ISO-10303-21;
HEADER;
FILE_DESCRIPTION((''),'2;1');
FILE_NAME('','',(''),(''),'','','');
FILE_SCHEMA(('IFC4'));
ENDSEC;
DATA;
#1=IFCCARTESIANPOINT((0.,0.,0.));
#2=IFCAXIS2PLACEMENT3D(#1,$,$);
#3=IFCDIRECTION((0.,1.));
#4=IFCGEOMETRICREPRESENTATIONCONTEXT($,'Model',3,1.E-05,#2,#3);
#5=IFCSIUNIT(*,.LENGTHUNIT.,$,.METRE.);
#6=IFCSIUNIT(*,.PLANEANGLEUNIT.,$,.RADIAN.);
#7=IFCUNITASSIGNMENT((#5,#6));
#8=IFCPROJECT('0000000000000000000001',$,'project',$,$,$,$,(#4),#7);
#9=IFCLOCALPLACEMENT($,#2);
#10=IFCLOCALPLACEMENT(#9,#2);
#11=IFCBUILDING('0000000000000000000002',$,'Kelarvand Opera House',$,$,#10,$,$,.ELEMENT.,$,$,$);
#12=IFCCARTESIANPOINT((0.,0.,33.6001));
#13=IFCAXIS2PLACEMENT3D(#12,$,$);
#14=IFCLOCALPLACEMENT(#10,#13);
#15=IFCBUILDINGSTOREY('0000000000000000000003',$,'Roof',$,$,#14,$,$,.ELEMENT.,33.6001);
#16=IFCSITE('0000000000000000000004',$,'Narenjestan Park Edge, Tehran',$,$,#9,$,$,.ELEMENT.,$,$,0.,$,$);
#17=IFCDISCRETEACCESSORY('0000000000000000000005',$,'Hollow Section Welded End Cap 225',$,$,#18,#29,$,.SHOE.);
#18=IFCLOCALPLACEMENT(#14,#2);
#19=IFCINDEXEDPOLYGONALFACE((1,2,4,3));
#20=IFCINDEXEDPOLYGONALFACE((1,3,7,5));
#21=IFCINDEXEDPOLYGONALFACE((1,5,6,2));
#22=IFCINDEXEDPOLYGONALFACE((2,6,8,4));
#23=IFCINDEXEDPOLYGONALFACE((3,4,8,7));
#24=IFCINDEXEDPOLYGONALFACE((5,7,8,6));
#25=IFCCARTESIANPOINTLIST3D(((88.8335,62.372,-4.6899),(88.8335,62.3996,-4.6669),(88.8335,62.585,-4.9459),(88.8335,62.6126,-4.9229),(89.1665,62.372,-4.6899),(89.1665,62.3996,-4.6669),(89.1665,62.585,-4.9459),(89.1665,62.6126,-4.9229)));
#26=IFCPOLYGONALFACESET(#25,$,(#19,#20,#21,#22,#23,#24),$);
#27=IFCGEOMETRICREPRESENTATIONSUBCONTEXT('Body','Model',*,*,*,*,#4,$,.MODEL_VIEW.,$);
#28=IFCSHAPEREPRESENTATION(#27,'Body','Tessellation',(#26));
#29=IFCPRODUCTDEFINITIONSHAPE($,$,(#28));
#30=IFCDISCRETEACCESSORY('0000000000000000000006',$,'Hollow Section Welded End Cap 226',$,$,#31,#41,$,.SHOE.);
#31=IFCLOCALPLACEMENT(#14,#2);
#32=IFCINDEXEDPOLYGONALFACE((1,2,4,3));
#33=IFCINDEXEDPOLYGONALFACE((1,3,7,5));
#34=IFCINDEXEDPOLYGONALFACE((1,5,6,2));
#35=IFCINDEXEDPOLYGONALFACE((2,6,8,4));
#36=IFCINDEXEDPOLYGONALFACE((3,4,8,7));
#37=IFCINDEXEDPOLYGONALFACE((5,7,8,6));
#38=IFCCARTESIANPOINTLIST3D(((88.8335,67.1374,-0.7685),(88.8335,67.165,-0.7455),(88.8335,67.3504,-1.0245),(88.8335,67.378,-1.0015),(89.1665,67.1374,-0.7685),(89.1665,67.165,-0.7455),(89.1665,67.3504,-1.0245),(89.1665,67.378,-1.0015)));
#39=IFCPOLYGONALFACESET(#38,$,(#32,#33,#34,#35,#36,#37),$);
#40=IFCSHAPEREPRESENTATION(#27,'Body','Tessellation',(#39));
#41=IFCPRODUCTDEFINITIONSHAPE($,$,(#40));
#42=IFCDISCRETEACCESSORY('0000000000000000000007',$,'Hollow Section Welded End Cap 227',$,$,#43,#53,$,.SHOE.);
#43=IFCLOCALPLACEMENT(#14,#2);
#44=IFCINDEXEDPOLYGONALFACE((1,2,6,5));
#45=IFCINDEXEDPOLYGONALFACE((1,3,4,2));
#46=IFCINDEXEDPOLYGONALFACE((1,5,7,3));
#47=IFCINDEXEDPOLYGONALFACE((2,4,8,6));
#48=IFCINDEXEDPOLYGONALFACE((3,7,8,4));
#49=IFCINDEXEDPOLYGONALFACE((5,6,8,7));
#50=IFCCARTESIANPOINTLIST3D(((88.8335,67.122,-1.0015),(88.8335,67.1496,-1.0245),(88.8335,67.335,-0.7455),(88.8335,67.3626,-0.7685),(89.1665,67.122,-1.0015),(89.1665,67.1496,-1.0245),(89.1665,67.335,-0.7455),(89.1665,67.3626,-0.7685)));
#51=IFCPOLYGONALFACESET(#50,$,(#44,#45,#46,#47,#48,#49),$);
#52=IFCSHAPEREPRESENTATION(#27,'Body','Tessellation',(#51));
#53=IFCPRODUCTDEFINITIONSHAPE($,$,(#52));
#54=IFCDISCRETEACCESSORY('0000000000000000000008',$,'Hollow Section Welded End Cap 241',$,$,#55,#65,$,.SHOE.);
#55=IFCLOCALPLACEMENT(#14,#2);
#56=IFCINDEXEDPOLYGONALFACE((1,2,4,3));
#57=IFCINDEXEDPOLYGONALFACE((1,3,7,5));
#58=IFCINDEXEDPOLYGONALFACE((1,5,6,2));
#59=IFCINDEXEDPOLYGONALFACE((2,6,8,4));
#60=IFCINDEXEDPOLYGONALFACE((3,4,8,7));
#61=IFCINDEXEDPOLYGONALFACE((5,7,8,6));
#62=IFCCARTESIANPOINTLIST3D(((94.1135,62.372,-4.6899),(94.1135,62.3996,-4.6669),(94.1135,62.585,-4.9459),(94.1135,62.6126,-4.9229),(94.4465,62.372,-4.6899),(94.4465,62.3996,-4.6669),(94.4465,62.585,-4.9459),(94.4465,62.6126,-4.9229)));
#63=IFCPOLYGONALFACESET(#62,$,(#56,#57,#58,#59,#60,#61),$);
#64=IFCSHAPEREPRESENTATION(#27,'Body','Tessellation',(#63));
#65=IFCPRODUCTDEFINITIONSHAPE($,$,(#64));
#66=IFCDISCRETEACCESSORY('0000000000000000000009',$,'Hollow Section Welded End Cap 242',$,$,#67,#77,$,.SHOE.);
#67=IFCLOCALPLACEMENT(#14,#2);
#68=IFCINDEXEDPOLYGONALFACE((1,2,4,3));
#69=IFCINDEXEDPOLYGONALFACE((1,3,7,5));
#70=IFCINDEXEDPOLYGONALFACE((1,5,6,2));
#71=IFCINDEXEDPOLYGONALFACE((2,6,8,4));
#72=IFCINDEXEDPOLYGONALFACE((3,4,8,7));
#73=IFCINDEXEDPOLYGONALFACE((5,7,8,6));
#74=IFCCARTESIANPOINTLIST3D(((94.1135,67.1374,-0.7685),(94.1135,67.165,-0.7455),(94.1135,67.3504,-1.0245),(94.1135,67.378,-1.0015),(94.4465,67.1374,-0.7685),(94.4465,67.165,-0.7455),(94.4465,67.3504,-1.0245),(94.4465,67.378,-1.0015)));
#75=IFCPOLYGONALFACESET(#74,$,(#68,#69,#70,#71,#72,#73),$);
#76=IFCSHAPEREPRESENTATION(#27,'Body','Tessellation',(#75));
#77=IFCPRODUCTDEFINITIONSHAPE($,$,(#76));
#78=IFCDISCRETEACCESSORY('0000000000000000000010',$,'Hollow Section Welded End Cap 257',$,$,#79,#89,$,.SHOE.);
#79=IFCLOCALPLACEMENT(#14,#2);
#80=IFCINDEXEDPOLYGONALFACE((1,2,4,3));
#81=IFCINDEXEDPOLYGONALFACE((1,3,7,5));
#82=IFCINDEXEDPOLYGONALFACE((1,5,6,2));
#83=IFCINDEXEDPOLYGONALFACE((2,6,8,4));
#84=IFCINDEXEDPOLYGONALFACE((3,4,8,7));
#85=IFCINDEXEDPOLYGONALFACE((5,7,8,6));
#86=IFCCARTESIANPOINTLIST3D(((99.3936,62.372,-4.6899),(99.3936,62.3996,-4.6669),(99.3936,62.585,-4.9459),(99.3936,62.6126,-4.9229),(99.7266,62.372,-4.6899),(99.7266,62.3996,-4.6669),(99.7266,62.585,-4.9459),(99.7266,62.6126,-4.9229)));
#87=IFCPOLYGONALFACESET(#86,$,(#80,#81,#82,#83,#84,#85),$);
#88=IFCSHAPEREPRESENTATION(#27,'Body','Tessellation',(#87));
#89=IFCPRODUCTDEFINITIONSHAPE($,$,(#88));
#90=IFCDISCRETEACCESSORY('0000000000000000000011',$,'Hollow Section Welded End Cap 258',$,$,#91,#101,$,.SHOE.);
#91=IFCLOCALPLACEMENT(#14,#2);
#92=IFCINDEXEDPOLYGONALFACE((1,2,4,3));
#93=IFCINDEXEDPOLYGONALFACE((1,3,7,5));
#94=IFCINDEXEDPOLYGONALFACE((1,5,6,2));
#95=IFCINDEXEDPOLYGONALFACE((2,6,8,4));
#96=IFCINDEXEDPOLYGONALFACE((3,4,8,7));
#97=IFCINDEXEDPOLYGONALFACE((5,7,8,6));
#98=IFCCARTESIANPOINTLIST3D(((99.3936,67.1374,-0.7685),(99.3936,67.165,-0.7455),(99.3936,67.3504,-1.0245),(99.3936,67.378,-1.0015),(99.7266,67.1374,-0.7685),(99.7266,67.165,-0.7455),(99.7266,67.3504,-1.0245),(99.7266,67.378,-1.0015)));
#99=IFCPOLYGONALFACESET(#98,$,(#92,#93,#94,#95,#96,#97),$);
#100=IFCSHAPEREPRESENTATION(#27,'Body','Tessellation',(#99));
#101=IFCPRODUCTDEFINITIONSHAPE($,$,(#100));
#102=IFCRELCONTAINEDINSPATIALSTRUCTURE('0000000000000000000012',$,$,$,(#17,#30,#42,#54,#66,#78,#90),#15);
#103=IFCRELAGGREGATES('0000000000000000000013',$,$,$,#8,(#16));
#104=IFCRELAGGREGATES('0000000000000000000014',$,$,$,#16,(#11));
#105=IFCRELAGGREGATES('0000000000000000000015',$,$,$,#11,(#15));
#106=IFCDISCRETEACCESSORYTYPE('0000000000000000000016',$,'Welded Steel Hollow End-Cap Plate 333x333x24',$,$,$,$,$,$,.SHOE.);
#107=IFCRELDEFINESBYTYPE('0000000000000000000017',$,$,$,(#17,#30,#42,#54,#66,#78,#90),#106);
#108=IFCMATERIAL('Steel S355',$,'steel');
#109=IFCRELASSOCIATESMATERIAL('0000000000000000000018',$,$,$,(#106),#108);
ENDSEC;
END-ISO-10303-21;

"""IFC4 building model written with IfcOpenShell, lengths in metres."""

from ifc_helpers import new_model, si_unit, direction, frame, origin, origin_2d, place, context, subcontext, project, spatial, rectangle, extrude, material, material_profile, profile_set, type_object, element, save


model = new_model("IFC4")

# Units and contexts
model_context = context("Model", 3, precision=1e-05, world=origin(), true_north=direction((0.0, 1.0)))
body_context = subcontext(model_context, "Body", "Model", "MODEL_VIEW")
ifc_project = project(units=[si_unit("LENGTHUNIT", "METRE"), si_unit("PLANEANGLEUNIT", "RADIAN")], contexts=[model_context])

# Site, building, storey
site_placement = place(None, origin())
site = spatial("IfcSite", under=ifc_project, at=site_placement, Name="Narenjestan Park Edge, Tehran", CompositionType="ELEMENT", RefElevation=0.0)
building_placement = place(site_placement, origin())
building = spatial("IfcBuilding", under=site, at=building_placement, Name="Kelarvand Opera House", CompositionType="ELEMENT")
storey_placement = place(building_placement, frame((0.0, 0.0, 33.6001)))
storey = spatial("IfcBuildingStorey", under=building, at=storey_placement, Name="Roof", CompositionType="ELEMENT", Elevation=33.6001)

# Shared definitions
ifc_material = material(Name="Steel S355", Category="steel")

# Discrete accessories
ifc_material_profile_1 = material_profile(ifc_material, rectangle(XDim=0.333, YDim=0.333, at=origin_2d()), Name="Welded Steel Hollow End-Cap Plate 333x333x24", Category="steel")
ifc_profile_set_1 = profile_set([ifc_material_profile_1], Name="Steel S355")
discrete_accessory_type_1 = type_object("IfcDiscreteAccessoryType", Name="Welded Steel Hollow End-Cap Plate 333x333x24", PredefinedType="SHOE", material=ifc_profile_set_1)
for number, where, z_axis, x_axis, name in (
    (1, (89.0, 62.5061, -4.7949), (0.0, -0.768779, -0.639515), (1.0, 0.0, 0.0), "Hollow Section Welded End Cap 225"),
    (2, (89.0, 67.2439, -0.8965), (0.0, 0.768779, 0.639515), (-1.0, 0.0, 0.0), "Hollow Section Welded End Cap 226"),
    (3, (89.0, 67.2561, -0.8965), (0.0, -0.768779, 0.639515), (1.0, 0.0, 0.0), "Hollow Section Welded End Cap 227"),
    (4, (94.28, 62.5061, -4.7949), (0.0, -0.768779, -0.639515), (1.0, 0.0, 0.0), "Hollow Section Welded End Cap 241"),
    (5, (94.28, 67.2439, -0.8965), (0.0, 0.768779, 0.639515), (-1.0, 0.0, 0.0), "Hollow Section Welded End Cap 242"),
    (6, (99.5601, 62.5061, -4.7949), (0.0, -0.768779, -0.639515), (1.0, 0.0, 0.0), "Hollow Section Welded End Cap 257"),
    (7, (99.5601, 67.2439, -0.8965), (0.0, 0.768779, 0.639515), (-1.0, 0.0, 0.0), "Hollow Section Welded End Cap 258"),
):
    element("IfcDiscreteAccessory", number, at=place(storey_placement, frame(where, z_axis=z_axis, x_axis=x_axis)), inside=storey, type_object=discrete_accessory_type_1, Name=name, PredefinedType="SHOE", context=body_context, shape_type="SweptSolid", body=[
        extrude(rectangle(XDim=0.333, YDim=0.333, at=origin_2d()), origin(), (0.0, 0.0, 1.0), 0.0359),
    ])

save(model, "model.ifc")
